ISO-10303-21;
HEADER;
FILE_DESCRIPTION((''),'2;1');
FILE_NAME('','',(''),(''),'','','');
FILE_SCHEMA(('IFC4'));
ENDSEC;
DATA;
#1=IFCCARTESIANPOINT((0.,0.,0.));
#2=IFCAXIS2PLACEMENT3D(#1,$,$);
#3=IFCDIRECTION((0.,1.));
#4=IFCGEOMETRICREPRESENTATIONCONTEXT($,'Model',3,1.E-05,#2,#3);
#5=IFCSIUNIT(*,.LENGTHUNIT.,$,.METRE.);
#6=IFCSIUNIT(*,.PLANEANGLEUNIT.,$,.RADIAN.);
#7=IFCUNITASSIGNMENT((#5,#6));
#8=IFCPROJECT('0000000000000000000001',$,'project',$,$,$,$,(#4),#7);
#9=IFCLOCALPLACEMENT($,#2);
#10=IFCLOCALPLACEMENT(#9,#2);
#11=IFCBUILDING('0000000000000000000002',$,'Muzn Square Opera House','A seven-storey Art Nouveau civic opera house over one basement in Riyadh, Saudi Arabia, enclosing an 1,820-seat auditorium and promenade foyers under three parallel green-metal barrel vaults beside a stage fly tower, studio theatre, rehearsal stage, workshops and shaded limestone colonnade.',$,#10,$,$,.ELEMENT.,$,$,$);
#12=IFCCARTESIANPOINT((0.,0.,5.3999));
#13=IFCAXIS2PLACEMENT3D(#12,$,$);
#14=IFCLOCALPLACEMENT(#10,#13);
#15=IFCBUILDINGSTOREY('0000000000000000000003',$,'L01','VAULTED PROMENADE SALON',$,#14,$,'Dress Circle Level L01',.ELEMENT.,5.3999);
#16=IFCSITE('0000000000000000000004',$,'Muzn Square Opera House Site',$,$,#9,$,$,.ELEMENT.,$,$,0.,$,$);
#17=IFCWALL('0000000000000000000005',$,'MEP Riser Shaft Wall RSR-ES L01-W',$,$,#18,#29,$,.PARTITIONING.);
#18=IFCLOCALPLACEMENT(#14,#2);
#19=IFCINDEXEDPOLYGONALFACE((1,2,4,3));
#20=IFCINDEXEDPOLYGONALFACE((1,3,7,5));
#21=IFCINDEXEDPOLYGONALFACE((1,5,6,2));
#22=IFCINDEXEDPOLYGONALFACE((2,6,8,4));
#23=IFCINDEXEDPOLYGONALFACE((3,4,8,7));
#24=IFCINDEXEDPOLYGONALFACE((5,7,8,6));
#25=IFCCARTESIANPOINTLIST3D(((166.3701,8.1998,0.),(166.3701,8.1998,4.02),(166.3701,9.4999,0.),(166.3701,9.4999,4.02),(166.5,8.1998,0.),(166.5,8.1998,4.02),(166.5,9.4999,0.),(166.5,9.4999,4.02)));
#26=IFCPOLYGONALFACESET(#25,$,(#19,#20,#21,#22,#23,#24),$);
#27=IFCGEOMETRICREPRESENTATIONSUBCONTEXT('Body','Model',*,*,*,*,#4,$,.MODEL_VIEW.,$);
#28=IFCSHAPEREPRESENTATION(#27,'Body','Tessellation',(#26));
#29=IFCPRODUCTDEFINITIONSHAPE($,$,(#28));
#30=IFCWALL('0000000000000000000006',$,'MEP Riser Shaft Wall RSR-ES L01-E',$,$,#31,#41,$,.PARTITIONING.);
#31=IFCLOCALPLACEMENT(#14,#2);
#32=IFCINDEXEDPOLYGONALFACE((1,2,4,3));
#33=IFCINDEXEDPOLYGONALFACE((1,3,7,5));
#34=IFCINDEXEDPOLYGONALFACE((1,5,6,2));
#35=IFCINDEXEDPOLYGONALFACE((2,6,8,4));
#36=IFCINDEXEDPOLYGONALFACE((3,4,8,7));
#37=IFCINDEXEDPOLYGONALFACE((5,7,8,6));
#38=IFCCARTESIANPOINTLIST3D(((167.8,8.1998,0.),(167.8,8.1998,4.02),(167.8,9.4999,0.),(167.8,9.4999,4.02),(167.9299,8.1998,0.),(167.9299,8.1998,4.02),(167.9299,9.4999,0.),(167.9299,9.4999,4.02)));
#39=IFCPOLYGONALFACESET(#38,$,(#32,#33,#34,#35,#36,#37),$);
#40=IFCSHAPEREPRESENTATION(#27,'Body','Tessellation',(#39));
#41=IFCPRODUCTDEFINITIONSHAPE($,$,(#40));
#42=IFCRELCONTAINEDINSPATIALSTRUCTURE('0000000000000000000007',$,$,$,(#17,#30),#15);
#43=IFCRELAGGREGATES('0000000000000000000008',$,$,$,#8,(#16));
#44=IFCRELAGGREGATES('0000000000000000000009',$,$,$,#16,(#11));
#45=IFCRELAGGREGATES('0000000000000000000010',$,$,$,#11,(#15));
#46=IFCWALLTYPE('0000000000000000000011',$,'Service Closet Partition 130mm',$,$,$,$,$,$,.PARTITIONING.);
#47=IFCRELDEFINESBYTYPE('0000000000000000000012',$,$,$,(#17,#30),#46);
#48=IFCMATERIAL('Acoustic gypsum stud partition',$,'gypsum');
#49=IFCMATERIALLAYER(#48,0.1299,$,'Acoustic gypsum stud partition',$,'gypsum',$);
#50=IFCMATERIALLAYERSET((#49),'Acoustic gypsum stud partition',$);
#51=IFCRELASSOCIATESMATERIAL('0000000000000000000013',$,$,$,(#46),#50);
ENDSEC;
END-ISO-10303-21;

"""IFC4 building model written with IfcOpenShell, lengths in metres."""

from ifc_helpers import new_model, si_unit, direction, frame, frame_2d, origin, place, context, subcontext, project, spatial, rectangle, extrude, material, layer, layer_set, type_object, element, save


model = new_model("IFC4")

# Units and contexts
model_context = context("Model", 3, precision=1e-05, world=origin(), true_north=direction((0.0, 1.0)))
body_context = subcontext(model_context, "Body", "Model", "MODEL_VIEW")
ifc_project = project(units=[si_unit("LENGTHUNIT", "METRE"), si_unit("PLANEANGLEUNIT", "RADIAN")], contexts=[model_context])

# Site, building, storey
site_placement = place(None, origin())
site = spatial("IfcSite", under=ifc_project, at=site_placement, Name="Muzn Square Opera House Site", CompositionType="ELEMENT", RefElevation=0.0)
building_placement = place(site_placement, origin())
building = spatial("IfcBuilding", under=site, at=building_placement, Name="Muzn Square Opera House", Description="A seven-storey Art Nouveau civic opera house over one basement in Riyadh, Saudi Arabia, enclosing an 1,820-seat auditorium and promenade foyers under three parallel green-metal barrel vaults beside a stage fly tower, studio theatre, rehearsal stage, workshops and shaded limestone colonnade.", CompositionType="ELEMENT")
storey_placement = place(building_placement, frame((0.0, 0.0, 5.3999)))
storey = spatial("IfcBuildingStorey", under=building, at=storey_placement, Name="L01", Description="VAULTED PROMENADE SALON", LongName="Dress Circle Level L01", CompositionType="ELEMENT", Elevation=5.3999)

# Walls
ifc_material_1 = material(Name="Acoustic gypsum stud partition", Category="gypsum")
ifc_layer_1 = layer(ifc_material_1, 0.1299, Name="Acoustic gypsum stud partition", Category="gypsum")
ifc_layer_set_1 = layer_set([ifc_layer_1], Name="Acoustic gypsum stud partition")
wall_type_1 = type_object("IfcWallType", Name="Service Closet Partition 130mm", PredefinedType="PARTITIONING", material=ifc_layer_set_1)
for number, where, z_axis, x_axis, name in (
    (1, (166.4351, 8.2, 0.0), (0.0, 0.0, 1.0), (0.0, 1.0, 0.0), "MEP Riser Shaft Wall RSR-ES L01-W"),
    (2, (167.865, 8.2, 0.0), (0.0, 0.0, 1.0), (0.0, 1.0, 0.0), "MEP Riser Shaft Wall RSR-ES L01-E"),
):
    element("IfcWall", number, at=place(storey_placement, frame(where, z_axis=z_axis, x_axis=x_axis)), inside=storey, type_object=wall_type_1, Name=name, PredefinedType="PARTITIONING", context=body_context, shape_type="SweptSolid", body=[
        extrude(rectangle(XDim=1.3, YDim=0.1299, at=frame_2d((0.6499, 0.0))), origin(), (0.0, 0.0, 1.0), 4.02),
    ])

save(model, "model.ifc")
